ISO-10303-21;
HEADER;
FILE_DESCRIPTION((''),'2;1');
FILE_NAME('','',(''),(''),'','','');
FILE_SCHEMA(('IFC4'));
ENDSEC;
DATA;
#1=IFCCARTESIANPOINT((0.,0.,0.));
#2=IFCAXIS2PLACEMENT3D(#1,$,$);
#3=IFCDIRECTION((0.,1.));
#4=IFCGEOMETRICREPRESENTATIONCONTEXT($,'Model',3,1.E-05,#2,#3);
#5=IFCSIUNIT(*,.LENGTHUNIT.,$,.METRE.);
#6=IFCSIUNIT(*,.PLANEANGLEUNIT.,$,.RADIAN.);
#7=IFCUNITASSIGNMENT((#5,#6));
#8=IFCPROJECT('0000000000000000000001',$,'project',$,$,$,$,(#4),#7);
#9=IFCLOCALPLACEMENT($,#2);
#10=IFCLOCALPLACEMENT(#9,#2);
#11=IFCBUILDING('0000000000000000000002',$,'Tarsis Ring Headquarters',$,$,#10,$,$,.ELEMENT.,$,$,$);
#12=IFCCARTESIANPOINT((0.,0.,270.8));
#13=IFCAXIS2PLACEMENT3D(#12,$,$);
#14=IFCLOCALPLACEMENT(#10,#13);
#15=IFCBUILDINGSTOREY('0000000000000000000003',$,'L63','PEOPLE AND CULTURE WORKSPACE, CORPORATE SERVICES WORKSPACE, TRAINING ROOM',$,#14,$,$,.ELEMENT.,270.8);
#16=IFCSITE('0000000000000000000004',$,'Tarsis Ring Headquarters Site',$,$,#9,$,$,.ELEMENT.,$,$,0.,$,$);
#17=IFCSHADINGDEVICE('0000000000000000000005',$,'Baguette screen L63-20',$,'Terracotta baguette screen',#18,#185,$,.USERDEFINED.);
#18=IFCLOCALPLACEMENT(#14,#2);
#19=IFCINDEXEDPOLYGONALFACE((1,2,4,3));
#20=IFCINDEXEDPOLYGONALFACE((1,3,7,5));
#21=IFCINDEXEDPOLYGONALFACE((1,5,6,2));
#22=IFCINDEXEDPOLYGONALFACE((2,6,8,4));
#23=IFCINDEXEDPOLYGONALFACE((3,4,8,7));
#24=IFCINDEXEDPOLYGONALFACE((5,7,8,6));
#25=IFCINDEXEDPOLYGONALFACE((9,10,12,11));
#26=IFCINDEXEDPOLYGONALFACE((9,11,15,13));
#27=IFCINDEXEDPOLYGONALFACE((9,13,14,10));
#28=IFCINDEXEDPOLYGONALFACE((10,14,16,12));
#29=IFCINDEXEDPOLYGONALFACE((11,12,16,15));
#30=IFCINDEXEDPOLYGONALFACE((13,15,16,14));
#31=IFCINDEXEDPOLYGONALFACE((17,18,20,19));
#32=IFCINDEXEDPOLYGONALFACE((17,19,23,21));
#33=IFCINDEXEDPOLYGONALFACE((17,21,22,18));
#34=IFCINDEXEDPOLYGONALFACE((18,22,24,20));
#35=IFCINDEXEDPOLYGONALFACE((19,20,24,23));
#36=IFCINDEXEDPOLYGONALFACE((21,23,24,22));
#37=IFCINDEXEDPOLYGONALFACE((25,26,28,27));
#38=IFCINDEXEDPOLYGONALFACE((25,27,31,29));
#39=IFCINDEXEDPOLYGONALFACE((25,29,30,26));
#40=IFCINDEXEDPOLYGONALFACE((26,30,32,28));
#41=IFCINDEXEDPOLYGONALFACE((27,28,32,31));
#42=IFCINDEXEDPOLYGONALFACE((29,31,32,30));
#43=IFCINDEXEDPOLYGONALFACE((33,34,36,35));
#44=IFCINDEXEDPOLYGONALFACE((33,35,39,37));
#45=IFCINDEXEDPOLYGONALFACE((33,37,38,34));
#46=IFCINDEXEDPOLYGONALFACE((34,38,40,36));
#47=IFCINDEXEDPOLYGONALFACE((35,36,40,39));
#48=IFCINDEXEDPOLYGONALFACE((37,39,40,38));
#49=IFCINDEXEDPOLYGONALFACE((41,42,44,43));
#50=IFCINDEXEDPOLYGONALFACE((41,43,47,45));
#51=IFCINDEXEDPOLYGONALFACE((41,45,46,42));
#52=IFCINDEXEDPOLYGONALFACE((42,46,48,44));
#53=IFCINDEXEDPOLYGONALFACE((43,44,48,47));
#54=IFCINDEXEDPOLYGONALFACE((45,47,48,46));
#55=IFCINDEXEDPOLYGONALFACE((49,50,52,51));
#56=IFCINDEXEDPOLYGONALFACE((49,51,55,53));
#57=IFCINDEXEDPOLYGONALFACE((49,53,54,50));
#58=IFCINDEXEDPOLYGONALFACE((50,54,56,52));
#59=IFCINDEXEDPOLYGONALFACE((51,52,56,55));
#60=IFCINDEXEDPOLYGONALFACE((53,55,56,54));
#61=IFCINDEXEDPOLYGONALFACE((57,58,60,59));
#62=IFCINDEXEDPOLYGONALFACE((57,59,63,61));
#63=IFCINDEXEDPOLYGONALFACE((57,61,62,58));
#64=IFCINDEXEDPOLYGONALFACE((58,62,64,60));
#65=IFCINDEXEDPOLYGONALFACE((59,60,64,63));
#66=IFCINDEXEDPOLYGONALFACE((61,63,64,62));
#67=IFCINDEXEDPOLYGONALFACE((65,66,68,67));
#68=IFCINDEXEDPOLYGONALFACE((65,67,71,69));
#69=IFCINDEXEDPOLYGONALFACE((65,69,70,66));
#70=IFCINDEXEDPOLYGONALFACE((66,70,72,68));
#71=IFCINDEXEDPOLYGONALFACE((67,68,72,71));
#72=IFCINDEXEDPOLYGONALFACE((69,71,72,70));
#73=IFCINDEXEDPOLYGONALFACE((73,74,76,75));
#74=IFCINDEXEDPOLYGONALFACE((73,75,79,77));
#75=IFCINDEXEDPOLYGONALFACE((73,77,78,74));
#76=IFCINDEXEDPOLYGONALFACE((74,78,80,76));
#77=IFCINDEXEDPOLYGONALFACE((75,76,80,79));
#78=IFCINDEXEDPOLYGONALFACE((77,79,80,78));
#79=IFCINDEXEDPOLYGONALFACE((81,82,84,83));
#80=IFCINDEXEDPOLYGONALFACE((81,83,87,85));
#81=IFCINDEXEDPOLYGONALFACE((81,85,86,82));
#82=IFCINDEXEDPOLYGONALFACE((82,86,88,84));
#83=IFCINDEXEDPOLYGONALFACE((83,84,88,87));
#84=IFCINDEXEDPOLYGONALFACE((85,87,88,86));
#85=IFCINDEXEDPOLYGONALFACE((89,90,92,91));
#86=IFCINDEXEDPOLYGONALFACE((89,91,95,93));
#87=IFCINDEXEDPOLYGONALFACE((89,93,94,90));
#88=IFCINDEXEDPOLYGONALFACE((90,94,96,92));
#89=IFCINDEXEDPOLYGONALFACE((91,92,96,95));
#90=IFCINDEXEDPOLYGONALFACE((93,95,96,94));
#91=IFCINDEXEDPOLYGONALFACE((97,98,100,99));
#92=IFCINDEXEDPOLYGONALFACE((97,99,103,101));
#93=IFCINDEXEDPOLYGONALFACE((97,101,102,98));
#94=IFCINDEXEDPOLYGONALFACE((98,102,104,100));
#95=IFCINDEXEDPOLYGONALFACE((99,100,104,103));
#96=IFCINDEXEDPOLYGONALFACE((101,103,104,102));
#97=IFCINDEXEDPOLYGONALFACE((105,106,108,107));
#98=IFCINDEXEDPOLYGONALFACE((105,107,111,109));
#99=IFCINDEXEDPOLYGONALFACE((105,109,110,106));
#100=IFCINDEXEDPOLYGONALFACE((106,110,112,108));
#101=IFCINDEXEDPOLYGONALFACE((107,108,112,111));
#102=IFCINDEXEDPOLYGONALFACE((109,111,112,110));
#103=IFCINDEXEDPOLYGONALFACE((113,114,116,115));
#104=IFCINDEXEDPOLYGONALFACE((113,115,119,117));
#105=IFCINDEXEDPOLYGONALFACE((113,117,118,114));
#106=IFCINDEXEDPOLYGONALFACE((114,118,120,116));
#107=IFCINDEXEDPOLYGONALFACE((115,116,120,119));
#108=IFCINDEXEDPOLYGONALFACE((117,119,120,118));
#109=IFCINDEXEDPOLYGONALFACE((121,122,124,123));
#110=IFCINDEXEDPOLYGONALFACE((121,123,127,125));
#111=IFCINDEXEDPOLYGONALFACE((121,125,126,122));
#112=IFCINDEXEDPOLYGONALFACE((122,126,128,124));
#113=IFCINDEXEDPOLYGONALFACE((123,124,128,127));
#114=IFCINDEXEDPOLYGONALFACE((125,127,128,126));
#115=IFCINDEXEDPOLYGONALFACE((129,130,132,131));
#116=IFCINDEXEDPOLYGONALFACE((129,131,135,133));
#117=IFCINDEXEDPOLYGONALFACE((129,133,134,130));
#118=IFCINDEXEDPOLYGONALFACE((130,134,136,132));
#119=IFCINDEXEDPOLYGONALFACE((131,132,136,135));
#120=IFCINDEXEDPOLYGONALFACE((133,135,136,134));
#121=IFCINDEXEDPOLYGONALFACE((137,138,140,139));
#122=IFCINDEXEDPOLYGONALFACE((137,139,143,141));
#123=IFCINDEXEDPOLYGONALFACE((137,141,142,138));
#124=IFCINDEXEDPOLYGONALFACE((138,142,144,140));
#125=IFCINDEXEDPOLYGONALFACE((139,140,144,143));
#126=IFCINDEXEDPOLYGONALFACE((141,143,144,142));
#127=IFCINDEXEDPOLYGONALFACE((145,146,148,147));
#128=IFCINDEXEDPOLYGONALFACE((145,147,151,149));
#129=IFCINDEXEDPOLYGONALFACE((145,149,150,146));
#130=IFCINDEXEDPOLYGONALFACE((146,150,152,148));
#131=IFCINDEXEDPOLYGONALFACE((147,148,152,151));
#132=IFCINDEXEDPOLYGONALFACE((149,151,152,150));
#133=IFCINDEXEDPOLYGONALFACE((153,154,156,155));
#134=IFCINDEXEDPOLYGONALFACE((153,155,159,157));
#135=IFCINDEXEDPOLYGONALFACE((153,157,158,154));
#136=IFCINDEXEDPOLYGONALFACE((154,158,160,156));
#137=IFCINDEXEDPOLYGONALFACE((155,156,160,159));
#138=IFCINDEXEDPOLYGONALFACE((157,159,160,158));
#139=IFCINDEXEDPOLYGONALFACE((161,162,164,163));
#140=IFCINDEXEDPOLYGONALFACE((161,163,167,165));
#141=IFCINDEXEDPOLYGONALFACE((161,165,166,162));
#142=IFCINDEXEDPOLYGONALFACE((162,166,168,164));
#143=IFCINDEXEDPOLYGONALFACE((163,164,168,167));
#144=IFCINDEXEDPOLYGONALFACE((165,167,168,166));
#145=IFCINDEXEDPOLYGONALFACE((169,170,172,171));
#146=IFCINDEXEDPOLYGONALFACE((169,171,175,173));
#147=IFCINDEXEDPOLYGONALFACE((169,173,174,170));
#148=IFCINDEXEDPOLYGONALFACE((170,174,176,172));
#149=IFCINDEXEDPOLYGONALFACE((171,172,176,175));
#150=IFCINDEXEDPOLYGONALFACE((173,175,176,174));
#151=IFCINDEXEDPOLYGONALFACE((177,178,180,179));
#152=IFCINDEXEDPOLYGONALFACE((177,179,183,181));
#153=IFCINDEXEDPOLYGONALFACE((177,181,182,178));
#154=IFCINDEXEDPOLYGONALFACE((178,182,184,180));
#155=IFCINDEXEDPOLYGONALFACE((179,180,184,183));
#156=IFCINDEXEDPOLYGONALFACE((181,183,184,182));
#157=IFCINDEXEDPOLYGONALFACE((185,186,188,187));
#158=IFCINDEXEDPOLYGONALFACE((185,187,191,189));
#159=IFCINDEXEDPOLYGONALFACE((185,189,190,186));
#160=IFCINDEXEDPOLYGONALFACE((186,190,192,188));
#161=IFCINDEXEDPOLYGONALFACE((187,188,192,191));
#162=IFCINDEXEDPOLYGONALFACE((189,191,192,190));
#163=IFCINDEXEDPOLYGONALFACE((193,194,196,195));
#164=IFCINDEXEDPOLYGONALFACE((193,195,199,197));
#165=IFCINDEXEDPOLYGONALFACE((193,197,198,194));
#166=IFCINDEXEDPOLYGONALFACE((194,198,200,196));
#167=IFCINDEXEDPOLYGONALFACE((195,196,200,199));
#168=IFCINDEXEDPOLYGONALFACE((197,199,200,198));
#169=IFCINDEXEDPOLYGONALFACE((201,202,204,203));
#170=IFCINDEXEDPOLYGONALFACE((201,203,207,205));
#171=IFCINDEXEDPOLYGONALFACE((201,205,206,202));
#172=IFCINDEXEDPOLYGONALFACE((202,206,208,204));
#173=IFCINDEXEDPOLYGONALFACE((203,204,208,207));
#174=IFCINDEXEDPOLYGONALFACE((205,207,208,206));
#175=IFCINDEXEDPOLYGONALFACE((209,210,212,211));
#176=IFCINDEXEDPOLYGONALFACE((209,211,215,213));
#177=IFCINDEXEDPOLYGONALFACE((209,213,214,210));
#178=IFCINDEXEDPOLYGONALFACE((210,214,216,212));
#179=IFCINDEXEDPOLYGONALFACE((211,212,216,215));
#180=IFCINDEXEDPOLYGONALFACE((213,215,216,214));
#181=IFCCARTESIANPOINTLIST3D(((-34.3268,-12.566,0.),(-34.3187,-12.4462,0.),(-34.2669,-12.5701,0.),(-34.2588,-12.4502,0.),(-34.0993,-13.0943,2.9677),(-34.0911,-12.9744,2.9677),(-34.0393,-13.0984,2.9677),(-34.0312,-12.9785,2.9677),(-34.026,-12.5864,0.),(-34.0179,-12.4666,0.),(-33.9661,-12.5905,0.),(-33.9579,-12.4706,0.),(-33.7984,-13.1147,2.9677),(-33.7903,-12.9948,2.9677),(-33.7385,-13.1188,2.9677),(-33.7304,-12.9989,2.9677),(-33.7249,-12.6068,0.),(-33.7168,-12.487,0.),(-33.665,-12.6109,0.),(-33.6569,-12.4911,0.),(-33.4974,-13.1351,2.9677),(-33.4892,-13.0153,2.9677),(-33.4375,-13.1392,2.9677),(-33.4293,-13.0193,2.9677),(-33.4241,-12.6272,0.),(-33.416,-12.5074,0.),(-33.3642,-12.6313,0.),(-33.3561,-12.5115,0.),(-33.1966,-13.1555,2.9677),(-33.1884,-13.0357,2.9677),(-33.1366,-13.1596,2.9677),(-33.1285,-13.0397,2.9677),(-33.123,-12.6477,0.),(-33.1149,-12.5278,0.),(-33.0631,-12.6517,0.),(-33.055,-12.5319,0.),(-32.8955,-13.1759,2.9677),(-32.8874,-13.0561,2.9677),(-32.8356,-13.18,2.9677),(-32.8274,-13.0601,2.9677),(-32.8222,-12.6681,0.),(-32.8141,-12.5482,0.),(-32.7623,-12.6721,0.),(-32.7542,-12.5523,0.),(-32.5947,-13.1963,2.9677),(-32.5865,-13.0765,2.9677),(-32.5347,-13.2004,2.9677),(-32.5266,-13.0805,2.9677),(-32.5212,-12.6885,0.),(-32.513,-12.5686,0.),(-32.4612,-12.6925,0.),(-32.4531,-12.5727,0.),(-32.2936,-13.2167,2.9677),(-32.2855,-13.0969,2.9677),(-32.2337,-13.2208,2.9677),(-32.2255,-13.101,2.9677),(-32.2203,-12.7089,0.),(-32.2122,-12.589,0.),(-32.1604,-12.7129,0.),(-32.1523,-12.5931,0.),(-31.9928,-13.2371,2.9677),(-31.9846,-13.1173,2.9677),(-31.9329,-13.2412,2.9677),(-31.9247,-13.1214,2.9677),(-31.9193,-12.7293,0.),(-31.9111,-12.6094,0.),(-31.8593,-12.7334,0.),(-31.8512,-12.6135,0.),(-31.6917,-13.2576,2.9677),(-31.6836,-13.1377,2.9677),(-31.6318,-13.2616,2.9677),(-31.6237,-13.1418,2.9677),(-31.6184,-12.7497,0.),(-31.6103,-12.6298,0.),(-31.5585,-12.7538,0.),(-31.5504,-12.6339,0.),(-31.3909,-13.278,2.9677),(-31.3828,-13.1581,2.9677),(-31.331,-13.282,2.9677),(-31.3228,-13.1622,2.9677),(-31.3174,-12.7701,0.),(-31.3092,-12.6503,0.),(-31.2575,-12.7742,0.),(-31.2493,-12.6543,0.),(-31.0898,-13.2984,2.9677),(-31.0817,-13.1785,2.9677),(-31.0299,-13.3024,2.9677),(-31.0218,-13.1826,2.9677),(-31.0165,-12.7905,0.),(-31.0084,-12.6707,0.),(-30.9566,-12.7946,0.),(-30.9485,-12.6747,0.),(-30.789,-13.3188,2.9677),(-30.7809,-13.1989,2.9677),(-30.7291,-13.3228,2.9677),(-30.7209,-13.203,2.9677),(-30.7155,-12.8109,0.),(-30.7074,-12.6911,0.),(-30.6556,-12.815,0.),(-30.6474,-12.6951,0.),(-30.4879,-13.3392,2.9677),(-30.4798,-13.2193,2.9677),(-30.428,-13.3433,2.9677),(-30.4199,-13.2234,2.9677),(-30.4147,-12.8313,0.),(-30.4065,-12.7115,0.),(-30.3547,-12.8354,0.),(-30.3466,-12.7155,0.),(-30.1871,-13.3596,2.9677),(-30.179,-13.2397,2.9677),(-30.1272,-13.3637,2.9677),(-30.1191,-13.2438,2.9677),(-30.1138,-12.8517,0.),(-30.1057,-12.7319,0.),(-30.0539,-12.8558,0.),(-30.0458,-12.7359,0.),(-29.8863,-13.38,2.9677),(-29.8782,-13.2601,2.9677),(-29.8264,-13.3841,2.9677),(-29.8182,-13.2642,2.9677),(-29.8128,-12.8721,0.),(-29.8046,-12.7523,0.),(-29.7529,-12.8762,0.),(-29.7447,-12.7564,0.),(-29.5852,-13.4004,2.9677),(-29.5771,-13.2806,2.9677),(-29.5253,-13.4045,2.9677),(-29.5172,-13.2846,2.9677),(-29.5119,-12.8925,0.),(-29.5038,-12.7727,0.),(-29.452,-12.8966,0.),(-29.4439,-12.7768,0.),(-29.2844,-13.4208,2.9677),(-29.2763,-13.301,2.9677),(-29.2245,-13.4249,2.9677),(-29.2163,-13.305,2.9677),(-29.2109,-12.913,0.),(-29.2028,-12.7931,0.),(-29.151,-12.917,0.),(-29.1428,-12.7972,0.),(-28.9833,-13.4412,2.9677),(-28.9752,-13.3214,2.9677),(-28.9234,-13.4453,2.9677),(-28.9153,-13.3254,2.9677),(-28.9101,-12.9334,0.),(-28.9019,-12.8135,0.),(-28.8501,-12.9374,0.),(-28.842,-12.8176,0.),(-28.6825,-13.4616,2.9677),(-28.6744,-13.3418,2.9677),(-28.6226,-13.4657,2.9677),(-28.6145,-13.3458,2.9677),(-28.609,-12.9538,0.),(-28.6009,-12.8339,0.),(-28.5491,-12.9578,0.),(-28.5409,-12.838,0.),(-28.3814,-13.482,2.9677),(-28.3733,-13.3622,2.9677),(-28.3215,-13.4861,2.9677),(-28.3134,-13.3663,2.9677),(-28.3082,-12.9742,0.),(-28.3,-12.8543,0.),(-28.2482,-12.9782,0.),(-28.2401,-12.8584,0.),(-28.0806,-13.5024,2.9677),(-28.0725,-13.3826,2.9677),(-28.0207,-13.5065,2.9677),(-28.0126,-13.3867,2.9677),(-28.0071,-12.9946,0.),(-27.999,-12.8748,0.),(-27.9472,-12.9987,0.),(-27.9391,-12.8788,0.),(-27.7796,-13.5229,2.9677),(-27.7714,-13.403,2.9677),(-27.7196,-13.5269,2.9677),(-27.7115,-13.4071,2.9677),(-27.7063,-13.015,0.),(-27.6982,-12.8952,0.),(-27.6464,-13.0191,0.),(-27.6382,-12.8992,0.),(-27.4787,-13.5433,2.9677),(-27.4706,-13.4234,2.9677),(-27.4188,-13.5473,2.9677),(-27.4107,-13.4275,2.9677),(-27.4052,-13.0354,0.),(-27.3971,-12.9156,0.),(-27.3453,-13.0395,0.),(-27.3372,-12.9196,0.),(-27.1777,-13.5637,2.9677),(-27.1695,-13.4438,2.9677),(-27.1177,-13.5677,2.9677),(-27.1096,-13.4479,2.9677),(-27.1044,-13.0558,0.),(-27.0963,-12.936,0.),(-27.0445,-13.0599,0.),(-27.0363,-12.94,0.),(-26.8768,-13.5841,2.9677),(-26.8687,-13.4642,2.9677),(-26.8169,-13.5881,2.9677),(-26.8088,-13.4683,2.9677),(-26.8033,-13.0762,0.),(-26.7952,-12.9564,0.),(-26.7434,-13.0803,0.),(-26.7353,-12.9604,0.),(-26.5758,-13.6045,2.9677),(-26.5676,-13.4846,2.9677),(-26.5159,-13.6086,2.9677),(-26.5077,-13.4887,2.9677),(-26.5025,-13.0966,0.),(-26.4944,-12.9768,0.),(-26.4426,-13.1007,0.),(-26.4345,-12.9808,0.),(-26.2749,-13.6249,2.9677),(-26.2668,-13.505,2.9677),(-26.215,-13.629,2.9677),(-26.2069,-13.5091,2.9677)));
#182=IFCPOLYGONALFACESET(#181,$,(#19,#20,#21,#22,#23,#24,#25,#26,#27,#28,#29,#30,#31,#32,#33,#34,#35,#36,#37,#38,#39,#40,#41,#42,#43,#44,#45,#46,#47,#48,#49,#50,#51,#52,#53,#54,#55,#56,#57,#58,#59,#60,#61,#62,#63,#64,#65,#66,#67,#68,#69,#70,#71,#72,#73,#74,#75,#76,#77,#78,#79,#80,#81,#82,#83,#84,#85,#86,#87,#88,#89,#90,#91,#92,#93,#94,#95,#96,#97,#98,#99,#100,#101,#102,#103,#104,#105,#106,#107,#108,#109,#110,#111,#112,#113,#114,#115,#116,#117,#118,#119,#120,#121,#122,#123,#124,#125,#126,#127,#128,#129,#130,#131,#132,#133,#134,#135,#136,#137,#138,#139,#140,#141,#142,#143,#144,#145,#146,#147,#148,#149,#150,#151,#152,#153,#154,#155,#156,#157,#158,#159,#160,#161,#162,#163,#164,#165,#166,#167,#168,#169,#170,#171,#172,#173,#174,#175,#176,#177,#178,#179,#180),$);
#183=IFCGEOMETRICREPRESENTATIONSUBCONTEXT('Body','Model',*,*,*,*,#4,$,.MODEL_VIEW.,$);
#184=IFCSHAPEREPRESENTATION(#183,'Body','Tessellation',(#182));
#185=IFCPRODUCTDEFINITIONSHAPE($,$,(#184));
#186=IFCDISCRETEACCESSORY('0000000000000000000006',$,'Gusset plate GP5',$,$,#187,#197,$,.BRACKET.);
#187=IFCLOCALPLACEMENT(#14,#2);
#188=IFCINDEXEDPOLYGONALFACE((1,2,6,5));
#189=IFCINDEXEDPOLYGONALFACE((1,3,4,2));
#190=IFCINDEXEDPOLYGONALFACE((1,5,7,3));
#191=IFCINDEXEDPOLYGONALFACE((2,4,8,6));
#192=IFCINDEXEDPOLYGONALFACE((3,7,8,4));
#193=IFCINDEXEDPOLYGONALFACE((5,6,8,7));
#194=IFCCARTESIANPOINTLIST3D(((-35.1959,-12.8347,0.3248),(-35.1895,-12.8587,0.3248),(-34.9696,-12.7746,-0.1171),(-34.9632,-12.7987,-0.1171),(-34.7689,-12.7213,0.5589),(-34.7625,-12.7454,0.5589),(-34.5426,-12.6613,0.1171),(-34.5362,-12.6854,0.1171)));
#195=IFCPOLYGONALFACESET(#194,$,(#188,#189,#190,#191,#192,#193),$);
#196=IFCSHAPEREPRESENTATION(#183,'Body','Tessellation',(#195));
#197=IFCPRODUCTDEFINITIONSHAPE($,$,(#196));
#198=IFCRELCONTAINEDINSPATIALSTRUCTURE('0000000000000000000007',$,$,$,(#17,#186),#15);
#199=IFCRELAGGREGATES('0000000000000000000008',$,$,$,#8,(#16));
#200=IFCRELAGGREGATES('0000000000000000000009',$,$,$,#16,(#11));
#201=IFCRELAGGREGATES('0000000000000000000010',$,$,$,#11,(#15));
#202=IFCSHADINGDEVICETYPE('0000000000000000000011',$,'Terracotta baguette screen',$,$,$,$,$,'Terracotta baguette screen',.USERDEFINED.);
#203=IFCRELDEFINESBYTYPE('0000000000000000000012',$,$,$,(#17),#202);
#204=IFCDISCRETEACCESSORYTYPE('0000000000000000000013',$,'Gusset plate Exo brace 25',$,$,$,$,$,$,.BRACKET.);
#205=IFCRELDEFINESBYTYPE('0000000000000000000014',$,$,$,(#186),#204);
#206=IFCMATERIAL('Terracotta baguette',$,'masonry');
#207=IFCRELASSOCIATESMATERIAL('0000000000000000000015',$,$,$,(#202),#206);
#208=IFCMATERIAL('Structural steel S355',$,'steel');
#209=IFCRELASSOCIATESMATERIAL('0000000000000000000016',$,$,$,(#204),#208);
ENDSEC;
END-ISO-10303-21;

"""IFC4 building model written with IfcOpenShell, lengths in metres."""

from ifc_helpers import new_model, si_unit, direction, frame, frame_2d, origin, origin_2d, place, context, subcontext, project, spatial, rectangle, composite_profile, extrude, material, material_profile, profile_set, type_object, element, save


model = new_model("IFC4")

# Units and contexts
model_context = context("Model", 3, precision=1e-05, world=origin(), true_north=direction((0.0, 1.0)))
body_context = subcontext(model_context, "Body", "Model", "MODEL_VIEW")
ifc_project = project(units=[si_unit("LENGTHUNIT", "METRE"), si_unit("PLANEANGLEUNIT", "RADIAN")], contexts=[model_context])

# Site, building, storey
site_placement = place(None, origin())
site = spatial("IfcSite", under=ifc_project, at=site_placement, Name="Tarsis Ring Headquarters Site", CompositionType="ELEMENT", RefElevation=0.0)
building_placement = place(site_placement, origin())
building = spatial("IfcBuilding", under=site, at=building_placement, Name="Tarsis Ring Headquarters", CompositionType="ELEMENT")
storey_placement = place(building_placement, frame((0.0, 0.0, 270.8)))
storey = spatial("IfcBuildingStorey", under=building, at=storey_placement, Name="L63", Description="PEOPLE AND CULTURE WORKSPACE, CORPORATE SERVICES WORKSPACE, TRAINING ROOM", CompositionType="ELEMENT", Elevation=270.8)

# Shared definitions
ifc_material_1 = material(Name="Structural steel S355", Category="steel")

# Shading device
ifc_material_2 = material(Name="Terracotta baguette", Category="masonry")
shading_device_type = type_object("IfcShadingDeviceType", Name="Terracotta baguette screen", ElementType="Terracotta baguette screen", PredefinedType="USERDEFINED", material=ifc_material_2)
shading_device_1_placement = place(storey_placement, frame((-34.3228, -12.5061, 0.0), z_axis=(0.0, 0.0, 1.0), x_axis=(0.997714, -0.067659, 0.0)))
element("IfcShadingDevice", 1, at=shading_device_1_placement, inside=storey, type_object=shading_device_type, Name="Baguette screen L63-20", ObjectType="Terracotta baguette screen", PredefinedType="USERDEFINED", context=body_context, shape_type="SweptSolid", body=[
    extrude(composite_profile([rectangle(XDim=0.0601, YDim=0.1201, at=frame_2d((0.03, 0.0))), rectangle(XDim=0.0601, YDim=0.1201, at=frame_2d((0.3315, 0.0))), rectangle(XDim=0.0601, YDim=0.1201, at=frame_2d((0.6333, 0.0))), rectangle(XDim=0.0601, YDim=0.1201, at=frame_2d((0.9348, 0.0))), rectangle(XDim=0.0601, YDim=0.1201, at=frame_2d((1.2366, 0.0))), rectangle(XDim=0.0601, YDim=0.1201, at=frame_2d((1.5381, 0.0))), rectangle(XDim=0.0601, YDim=0.1201, at=frame_2d((1.8398, 0.0))), rectangle(XDim=0.0601, YDim=0.1201, at=frame_2d((2.1414, 0.0))), rectangle(XDim=0.0601, YDim=0.1201, at=frame_2d((2.4431, 0.0))), rectangle(XDim=0.0601, YDim=0.1201, at=frame_2d((2.7446, 0.0))), rectangle(XDim=0.0601, YDim=0.1201, at=frame_2d((3.0464, 0.0))), rectangle(XDim=0.0601, YDim=0.1201, at=frame_2d((3.3479, 0.0))), rectangle(XDim=0.0601, YDim=0.1201, at=frame_2d((3.6497, 0.0))), rectangle(XDim=0.0601, YDim=0.1201, at=frame_2d((3.9512, 0.0))), rectangle(XDim=0.0601, YDim=0.1201, at=frame_2d((4.2527, 0.0))), rectangle(XDim=0.0601, YDim=0.1201, at=frame_2d((4.5544, 0.0))), rectangle(XDim=0.0601, YDim=0.1201, at=frame_2d((4.856, 0.0))), rectangle(XDim=0.0601, YDim=0.1201, at=frame_2d((5.1577, 0.0))), rectangle(XDim=0.0601, YDim=0.1201, at=frame_2d((5.4592, 0.0))), rectangle(XDim=0.0601, YDim=0.1201, at=frame_2d((5.761, 0.0))), rectangle(XDim=0.0601, YDim=0.1201, at=frame_2d((6.0625, 0.0))), rectangle(XDim=0.0601, YDim=0.1201, at=frame_2d((6.3643, 0.0))), rectangle(XDim=0.0601, YDim=0.1201, at=frame_2d((6.6658, 0.0))), rectangle(XDim=0.0601, YDim=0.1201, at=frame_2d((6.9675, 0.0))), rectangle(XDim=0.0601, YDim=0.1201, at=frame_2d((7.269, 0.0))), rectangle(XDim=0.0601, YDim=0.1201, at=frame_2d((7.5708, 0.0))), rectangle(XDim=0.0601, YDim=0.1201, at=frame_2d((7.8723, 0.0)))]), origin(), (0.086926, -0.169258, 0.981731), 3.0229),
])

# Discrete accessory
ifc_material_profile_1 = material_profile(ifc_material_1, rectangle(XDim=0.0249, YDim=0.5, at=origin_2d()), Name="PL 25x500")
ifc_profile_set_1 = profile_set([ifc_material_profile_1], Name="Structural steel S355")
discrete_accessory_type = type_object("IfcDiscreteAccessoryType", Name="Gusset plate Exo brace 25", PredefinedType="BRACKET", material=ifc_profile_set_1)
discrete_accessory_placement = place(storey_placement, frame((-34.7529, -12.73, 0.0), z_axis=(-0.452548, -0.120094, 0.883616), x_axis=(0.256494, -0.966546, 0.0)))
element("IfcDiscreteAccessory", 2, at=discrete_accessory_placement, inside=storey, type_object=discrete_accessory_type, Name="Gusset plate GP5", PredefinedType="BRACKET", context=body_context, shape_type="SweptSolid", body=[
    extrude(rectangle(XDim=0.0249, YDim=0.5, at=origin_2d()), origin(), (0.0, 0.0, 1.0), 0.5),
])

save(model, "model.ifc")
